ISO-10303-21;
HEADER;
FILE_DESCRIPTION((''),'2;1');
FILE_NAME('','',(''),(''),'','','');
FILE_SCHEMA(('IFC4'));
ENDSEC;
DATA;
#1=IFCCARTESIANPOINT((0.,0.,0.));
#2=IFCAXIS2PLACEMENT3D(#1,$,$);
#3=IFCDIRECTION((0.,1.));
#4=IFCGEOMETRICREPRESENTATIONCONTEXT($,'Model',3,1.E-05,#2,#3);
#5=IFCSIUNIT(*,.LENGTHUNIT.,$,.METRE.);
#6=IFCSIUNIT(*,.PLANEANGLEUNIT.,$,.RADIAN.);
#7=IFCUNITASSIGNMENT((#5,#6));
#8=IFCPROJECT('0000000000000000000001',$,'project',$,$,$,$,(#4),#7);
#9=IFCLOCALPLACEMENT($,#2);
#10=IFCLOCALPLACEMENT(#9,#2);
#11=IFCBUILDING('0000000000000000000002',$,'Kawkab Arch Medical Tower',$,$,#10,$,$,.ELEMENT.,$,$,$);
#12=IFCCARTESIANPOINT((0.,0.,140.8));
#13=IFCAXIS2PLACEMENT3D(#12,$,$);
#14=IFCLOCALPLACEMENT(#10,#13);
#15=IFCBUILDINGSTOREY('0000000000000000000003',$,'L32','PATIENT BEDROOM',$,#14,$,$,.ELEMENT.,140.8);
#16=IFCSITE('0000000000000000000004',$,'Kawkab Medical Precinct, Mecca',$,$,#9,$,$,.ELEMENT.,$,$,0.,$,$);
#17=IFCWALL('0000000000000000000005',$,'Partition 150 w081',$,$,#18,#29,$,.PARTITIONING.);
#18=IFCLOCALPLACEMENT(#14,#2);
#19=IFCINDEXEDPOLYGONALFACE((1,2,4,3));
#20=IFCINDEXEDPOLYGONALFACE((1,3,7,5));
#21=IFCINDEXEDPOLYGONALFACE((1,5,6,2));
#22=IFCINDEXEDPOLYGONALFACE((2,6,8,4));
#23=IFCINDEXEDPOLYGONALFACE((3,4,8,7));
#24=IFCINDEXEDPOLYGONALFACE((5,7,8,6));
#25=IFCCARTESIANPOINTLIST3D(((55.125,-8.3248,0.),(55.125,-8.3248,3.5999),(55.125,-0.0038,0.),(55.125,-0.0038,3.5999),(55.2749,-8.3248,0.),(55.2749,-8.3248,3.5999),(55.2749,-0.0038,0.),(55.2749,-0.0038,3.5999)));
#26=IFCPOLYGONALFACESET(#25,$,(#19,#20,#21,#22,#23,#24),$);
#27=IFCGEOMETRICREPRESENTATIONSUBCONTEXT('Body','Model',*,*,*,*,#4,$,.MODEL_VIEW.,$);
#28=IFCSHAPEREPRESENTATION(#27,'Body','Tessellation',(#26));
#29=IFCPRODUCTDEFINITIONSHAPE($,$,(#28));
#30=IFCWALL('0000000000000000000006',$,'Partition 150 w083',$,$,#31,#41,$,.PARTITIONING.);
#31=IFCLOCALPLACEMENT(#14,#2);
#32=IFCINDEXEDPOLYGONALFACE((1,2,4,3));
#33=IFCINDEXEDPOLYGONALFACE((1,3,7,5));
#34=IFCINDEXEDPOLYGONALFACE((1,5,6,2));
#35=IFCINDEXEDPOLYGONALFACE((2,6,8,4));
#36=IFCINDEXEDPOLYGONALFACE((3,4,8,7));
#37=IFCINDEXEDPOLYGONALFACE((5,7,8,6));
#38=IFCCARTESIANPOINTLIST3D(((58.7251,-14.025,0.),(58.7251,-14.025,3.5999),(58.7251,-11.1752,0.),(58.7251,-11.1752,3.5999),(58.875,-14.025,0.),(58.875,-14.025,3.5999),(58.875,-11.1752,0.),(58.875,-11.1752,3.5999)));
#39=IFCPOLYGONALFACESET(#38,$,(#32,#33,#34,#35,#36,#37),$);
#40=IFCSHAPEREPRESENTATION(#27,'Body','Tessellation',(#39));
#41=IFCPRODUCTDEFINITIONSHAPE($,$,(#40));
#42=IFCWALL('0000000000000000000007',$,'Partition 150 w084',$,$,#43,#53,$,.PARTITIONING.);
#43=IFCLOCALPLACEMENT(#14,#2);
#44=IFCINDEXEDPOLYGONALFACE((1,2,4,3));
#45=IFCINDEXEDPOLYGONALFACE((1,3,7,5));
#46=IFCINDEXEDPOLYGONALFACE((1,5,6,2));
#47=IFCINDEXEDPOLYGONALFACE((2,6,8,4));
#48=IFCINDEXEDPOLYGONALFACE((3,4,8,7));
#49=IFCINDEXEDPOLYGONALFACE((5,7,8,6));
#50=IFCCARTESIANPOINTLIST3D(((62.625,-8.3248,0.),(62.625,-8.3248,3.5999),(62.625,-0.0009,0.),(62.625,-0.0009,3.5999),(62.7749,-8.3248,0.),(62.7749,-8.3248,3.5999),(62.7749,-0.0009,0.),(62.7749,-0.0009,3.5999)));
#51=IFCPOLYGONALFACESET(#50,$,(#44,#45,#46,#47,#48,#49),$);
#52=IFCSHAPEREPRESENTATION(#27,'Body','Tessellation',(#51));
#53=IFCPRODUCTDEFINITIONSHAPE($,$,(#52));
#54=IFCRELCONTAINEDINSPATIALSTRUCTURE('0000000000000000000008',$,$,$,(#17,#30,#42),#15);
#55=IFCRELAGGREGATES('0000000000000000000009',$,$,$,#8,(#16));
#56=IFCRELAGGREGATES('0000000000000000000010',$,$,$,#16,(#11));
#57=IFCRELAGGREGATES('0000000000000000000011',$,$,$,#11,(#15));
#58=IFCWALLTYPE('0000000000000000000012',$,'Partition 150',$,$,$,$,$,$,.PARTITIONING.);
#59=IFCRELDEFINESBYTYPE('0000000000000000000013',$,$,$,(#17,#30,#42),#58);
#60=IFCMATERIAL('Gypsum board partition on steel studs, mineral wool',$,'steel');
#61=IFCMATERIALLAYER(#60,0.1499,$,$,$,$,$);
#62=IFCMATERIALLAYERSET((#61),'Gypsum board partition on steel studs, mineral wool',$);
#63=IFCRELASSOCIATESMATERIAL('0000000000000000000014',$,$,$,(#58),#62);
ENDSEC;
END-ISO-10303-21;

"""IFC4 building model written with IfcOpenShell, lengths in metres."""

from ifc_helpers import new_model, si_unit, direction, frame, frame_2d, origin, place, context, subcontext, project, spatial, rectangle, extrude, material, layer, layer_set, type_object, element, save


model = new_model("IFC4")

# Units and contexts
model_context = context("Model", 3, precision=1e-05, world=origin(), true_north=direction((0.0, 1.0)))
body_context = subcontext(model_context, "Body", "Model", "MODEL_VIEW")
ifc_project = project(units=[si_unit("LENGTHUNIT", "METRE"), si_unit("PLANEANGLEUNIT", "RADIAN")], contexts=[model_context])

# Site, building, storey
site_placement = place(None, origin())
site = spatial("IfcSite", under=ifc_project, at=site_placement, Name="Kawkab Medical Precinct, Mecca", CompositionType="ELEMENT", RefElevation=0.0)
building_placement = place(site_placement, origin())
building = spatial("IfcBuilding", under=site, at=building_placement, Name="Kawkab Arch Medical Tower", CompositionType="ELEMENT")
storey_placement = place(building_placement, frame((0.0, 0.0, 140.8)))
storey = spatial("IfcBuildingStorey", under=building, at=storey_placement, Name="L32", Description="PATIENT BEDROOM", CompositionType="ELEMENT", Elevation=140.8)

# Shared definitions
ifc_material_1 = material(Name="Gypsum board partition on steel studs, mineral wool", Category="steel")
ifc_layer_1 = layer(ifc_material_1, 0.1499)
ifc_layer_set_1 = layer_set([ifc_layer_1], Name="Gypsum board partition on steel studs, mineral wool")
wall_type_1 = type_object("IfcWallType", Name="Partition 150", PredefinedType="PARTITIONING", material=ifc_layer_set_1)

# Walls
wall_1_placement = place(storey_placement, frame((55.2, -8.325, 0.0), z_axis=(0.0, 0.0, 1.0), x_axis=(0.0, 1.0, 0.0)))
element("IfcWall", 1, at=wall_1_placement, inside=storey, type_object=wall_type_1, Name="Partition 150 w081", PredefinedType="PARTITIONING", context=body_context, shape_type="SweptSolid", body=[
    extrude(rectangle(XDim=8.321, YDim=0.1499, at=frame_2d((4.1606, 0.0))), origin(), (0.0, 0.0, 1.0), 3.5999),
])
wall_2_placement = place(storey_placement, frame((58.8, -14.0249, 0.0), z_axis=(0.0, 0.0, 1.0), x_axis=(0.0, 1.0, 0.0)))
element("IfcWall", 2, at=wall_2_placement, inside=storey, type_object=wall_type_1, Name="Partition 150 w083", PredefinedType="PARTITIONING", context=body_context, shape_type="SweptSolid", body=[
    extrude(rectangle(XDim=2.8499, YDim=0.1499, at=frame_2d((1.4248, 0.0))), origin(), (0.0, 0.0, 1.0), 3.5999),
])
wall_3_placement = place(storey_placement, frame((62.7, -8.325, 0.0), z_axis=(0.0, 0.0, 1.0), x_axis=(0.0, 1.0, 0.0)))
element("IfcWall", 3, at=wall_3_placement, inside=storey, type_object=wall_type_1, Name="Partition 150 w084", PredefinedType="PARTITIONING", context=body_context, shape_type="SweptSolid", body=[
    extrude(rectangle(XDim=8.324, YDim=0.1499, at=frame_2d((4.1621, 0.0))), origin(), (0.0, 0.0, 1.0), 3.5999),
])

save(model, "model.ifc")
